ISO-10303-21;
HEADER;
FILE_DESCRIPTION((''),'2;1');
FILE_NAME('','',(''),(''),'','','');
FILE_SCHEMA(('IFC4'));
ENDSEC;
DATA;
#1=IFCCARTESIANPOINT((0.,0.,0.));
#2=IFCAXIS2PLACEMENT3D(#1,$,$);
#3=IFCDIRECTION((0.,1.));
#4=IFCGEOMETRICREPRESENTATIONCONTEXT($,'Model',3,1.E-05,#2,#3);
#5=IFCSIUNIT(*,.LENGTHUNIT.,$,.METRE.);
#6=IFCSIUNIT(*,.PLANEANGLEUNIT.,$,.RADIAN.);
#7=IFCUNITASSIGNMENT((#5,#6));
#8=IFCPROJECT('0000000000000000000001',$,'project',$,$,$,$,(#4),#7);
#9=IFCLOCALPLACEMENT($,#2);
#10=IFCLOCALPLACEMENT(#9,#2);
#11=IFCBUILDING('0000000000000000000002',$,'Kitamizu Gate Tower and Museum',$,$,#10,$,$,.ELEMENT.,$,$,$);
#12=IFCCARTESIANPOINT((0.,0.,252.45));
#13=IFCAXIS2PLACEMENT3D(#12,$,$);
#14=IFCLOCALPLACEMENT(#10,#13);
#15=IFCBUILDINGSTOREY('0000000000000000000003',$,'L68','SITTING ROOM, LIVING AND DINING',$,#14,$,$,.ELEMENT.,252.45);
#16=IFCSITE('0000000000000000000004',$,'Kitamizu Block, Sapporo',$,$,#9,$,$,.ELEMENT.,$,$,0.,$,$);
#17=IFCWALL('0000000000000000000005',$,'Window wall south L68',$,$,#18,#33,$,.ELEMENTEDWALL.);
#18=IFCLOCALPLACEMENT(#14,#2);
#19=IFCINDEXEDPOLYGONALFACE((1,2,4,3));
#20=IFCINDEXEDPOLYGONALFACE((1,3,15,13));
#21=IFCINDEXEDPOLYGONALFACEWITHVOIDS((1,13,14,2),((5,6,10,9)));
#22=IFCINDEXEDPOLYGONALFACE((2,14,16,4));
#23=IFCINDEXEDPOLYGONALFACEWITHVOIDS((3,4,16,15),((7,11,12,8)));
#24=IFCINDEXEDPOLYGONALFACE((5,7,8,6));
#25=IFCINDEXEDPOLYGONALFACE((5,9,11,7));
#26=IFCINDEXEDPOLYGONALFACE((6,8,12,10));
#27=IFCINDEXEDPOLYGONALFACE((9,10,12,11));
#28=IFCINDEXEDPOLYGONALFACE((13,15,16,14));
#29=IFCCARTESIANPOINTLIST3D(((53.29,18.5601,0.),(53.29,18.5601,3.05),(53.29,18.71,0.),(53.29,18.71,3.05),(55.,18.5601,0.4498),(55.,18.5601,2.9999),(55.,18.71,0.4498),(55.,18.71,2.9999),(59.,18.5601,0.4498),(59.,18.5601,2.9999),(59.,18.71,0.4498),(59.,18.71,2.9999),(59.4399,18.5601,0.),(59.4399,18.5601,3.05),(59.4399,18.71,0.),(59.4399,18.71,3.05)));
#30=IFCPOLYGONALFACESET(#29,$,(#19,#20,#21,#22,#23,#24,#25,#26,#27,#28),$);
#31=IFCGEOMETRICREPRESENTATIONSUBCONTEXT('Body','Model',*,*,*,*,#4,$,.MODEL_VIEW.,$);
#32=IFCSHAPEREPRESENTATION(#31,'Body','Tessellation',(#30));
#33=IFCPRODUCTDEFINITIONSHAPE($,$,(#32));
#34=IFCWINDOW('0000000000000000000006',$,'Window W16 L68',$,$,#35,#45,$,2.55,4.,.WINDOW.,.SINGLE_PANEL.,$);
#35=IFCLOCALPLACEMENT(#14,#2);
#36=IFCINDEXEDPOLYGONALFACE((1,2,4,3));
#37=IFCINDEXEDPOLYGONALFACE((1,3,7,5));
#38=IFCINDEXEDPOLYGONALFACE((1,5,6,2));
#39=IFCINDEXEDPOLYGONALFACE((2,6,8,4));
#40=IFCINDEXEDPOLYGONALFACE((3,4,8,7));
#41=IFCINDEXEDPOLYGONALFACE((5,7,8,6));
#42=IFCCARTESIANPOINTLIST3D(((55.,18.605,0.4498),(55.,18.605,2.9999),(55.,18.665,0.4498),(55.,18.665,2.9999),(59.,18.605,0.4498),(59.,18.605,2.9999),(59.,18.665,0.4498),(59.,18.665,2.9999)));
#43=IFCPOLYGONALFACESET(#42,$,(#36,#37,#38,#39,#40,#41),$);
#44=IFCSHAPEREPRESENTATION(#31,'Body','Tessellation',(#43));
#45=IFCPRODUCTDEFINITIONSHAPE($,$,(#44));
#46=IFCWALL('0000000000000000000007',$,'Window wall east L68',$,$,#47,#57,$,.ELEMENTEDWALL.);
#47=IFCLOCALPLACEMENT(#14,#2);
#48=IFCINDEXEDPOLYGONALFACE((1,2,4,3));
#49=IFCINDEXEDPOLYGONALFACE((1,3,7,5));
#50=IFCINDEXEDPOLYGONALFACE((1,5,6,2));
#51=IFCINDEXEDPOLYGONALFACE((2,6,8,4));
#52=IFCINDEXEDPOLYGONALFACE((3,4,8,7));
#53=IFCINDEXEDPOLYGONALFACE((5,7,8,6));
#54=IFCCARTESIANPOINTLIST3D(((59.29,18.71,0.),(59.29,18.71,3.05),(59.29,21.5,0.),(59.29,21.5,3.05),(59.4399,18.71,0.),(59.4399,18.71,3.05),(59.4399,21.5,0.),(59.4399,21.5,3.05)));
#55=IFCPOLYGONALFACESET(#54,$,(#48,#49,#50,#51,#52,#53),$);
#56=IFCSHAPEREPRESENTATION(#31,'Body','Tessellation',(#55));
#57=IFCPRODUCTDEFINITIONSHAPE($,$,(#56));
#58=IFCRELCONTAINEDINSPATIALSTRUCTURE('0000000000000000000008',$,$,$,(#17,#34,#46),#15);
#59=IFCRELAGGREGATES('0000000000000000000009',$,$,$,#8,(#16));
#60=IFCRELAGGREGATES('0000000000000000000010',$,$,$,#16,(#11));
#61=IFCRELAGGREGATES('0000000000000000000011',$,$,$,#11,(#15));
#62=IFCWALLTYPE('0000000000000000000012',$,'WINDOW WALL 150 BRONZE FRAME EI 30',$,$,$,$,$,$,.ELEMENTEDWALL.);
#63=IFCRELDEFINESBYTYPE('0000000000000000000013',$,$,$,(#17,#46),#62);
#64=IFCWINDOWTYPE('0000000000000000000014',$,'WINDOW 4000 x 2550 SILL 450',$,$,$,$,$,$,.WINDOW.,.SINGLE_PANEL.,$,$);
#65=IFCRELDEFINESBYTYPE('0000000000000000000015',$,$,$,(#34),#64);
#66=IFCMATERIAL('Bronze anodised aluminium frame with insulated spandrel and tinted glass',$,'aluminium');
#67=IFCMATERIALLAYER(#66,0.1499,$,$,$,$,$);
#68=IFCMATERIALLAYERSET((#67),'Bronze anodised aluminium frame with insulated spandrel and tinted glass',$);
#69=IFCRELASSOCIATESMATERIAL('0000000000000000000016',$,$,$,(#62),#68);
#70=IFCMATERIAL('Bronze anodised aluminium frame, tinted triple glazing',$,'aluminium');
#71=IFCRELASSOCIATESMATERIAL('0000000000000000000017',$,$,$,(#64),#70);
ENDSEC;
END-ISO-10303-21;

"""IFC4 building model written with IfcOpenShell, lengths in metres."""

from ifc_helpers import new_model, si_unit, direction, frame, frame_2d, origin, place, context, subcontext, project, spatial, rectangle, extrude, material, layer, layer_set, type_object, element, fill, save


model = new_model("IFC4")

# Units and contexts
model_context = context("Model", 3, precision=1e-05, world=origin(), true_north=direction((0.0, 1.0)))
body_context = subcontext(model_context, "Body", "Model", "MODEL_VIEW")
ifc_project = project(units=[si_unit("LENGTHUNIT", "METRE"), si_unit("PLANEANGLEUNIT", "RADIAN")], contexts=[model_context])

# Site, building, storey
site_placement = place(None, origin())
site = spatial("IfcSite", under=ifc_project, at=site_placement, Name="Kitamizu Block, Sapporo", CompositionType="ELEMENT", RefElevation=0.0)
building_placement = place(site_placement, origin())
building = spatial("IfcBuilding", under=site, at=building_placement, Name="Kitamizu Gate Tower and Museum", CompositionType="ELEMENT")
storey_placement = place(building_placement, frame((0.0, 0.0, 252.45)))
storey = spatial("IfcBuildingStorey", under=building, at=storey_placement, Name="L68", Description="SITTING ROOM, LIVING AND DINING", CompositionType="ELEMENT", Elevation=252.45)

# Wall, opening, window
ifc_material_1 = material(Name="Bronze anodised aluminium frame with insulated spandrel and tinted glass", Category="aluminium")
ifc_layer_1 = layer(ifc_material_1, 0.1499)
ifc_layer_set_1 = layer_set([ifc_layer_1], Name="Bronze anodised aluminium frame with insulated spandrel and tinted glass")
wall_type_1 = type_object("IfcWallType", Name="WINDOW WALL 150 BRONZE FRAME EI 30", PredefinedType="ELEMENTEDWALL", material=ifc_layer_set_1)
ifc_material_2 = material(Name="Bronze anodised aluminium frame, tinted triple glazing", Category="aluminium")
window_type = type_object("IfcWindowType", Name="WINDOW 4000 x 2550 SILL 450", PartitioningType="SINGLE_PANEL", PredefinedType="WINDOW", material=ifc_material_2)
wall_1_placement = place(storey_placement, frame((53.29, 18.635, 0.0), z_axis=(0.0, 0.0, 1.0), x_axis=(1.0, 0.0, 0.0)))
wall_1 = element("IfcWall", 1, at=wall_1_placement, inside=storey, type_object=wall_type_1, Name="Window wall south L68", PredefinedType="ELEMENTEDWALL", context=body_context, shape_type="SweptSolid", body=[
    extrude(rectangle(XDim=6.1499, YDim=0.1499, at=frame_2d((3.075, 0.0))), origin(), (0.0, 0.0, 1.0), 3.05),
])
opening_1_placement = place(wall_1_placement, frame((1.71, 0.0, 0.45)))
opening_1 = element("IfcOpeningElement", 2, at=opening_1_placement, cuts=wall_1, PredefinedType="OPENING", context=body_context, shape_type="SweptSolid", body=[
    extrude(rectangle(XDim=4.0, YDim=2.55, at=frame_2d((2.0, 1.2749))), frame((0.0, 0.085, 0.0), z_axis=(0.0, -1.0, 0.0), x_axis=(1.0, 0.0, 0.0)), (0.0, 0.0, 1.0), 0.1699),
])
window_1_placement = place(opening_1_placement, origin())
window_1 = element("IfcWindow", 3, at=window_1_placement, inside=storey, type_object=window_type, Name="Window W16 L68", OverallHeight=2.55, OverallWidth=4.0, PartitioningType="SINGLE_PANEL", PredefinedType="WINDOW", context=body_context, shape_type="SweptSolid", body=[
    extrude(rectangle(XDim=4.0, YDim=2.55, at=frame_2d((2.0, 1.2749))), frame((0.0, 0.03, 0.0), z_axis=(0.0, -1.0, 0.0), x_axis=(1.0, 0.0, 0.0)), (0.0, 0.0, 1.0), 0.0601),
])
fill(opening_1, window_1)

# Wall
wall_2_placement = place(storey_placement, frame((59.365, 18.71, 0.0), z_axis=(0.0, 0.0, 1.0), x_axis=(0.0, 1.0, 0.0)))
element("IfcWall", 4, at=wall_2_placement, inside=storey, type_object=wall_type_1, Name="Window wall east L68", PredefinedType="ELEMENTEDWALL", context=body_context, shape_type="SweptSolid", body=[
    extrude(rectangle(XDim=2.79, YDim=0.1499, at=frame_2d((1.395, 0.0))), origin(), (0.0, 0.0, 1.0), 3.05),
])

save(model, "model.ifc")
